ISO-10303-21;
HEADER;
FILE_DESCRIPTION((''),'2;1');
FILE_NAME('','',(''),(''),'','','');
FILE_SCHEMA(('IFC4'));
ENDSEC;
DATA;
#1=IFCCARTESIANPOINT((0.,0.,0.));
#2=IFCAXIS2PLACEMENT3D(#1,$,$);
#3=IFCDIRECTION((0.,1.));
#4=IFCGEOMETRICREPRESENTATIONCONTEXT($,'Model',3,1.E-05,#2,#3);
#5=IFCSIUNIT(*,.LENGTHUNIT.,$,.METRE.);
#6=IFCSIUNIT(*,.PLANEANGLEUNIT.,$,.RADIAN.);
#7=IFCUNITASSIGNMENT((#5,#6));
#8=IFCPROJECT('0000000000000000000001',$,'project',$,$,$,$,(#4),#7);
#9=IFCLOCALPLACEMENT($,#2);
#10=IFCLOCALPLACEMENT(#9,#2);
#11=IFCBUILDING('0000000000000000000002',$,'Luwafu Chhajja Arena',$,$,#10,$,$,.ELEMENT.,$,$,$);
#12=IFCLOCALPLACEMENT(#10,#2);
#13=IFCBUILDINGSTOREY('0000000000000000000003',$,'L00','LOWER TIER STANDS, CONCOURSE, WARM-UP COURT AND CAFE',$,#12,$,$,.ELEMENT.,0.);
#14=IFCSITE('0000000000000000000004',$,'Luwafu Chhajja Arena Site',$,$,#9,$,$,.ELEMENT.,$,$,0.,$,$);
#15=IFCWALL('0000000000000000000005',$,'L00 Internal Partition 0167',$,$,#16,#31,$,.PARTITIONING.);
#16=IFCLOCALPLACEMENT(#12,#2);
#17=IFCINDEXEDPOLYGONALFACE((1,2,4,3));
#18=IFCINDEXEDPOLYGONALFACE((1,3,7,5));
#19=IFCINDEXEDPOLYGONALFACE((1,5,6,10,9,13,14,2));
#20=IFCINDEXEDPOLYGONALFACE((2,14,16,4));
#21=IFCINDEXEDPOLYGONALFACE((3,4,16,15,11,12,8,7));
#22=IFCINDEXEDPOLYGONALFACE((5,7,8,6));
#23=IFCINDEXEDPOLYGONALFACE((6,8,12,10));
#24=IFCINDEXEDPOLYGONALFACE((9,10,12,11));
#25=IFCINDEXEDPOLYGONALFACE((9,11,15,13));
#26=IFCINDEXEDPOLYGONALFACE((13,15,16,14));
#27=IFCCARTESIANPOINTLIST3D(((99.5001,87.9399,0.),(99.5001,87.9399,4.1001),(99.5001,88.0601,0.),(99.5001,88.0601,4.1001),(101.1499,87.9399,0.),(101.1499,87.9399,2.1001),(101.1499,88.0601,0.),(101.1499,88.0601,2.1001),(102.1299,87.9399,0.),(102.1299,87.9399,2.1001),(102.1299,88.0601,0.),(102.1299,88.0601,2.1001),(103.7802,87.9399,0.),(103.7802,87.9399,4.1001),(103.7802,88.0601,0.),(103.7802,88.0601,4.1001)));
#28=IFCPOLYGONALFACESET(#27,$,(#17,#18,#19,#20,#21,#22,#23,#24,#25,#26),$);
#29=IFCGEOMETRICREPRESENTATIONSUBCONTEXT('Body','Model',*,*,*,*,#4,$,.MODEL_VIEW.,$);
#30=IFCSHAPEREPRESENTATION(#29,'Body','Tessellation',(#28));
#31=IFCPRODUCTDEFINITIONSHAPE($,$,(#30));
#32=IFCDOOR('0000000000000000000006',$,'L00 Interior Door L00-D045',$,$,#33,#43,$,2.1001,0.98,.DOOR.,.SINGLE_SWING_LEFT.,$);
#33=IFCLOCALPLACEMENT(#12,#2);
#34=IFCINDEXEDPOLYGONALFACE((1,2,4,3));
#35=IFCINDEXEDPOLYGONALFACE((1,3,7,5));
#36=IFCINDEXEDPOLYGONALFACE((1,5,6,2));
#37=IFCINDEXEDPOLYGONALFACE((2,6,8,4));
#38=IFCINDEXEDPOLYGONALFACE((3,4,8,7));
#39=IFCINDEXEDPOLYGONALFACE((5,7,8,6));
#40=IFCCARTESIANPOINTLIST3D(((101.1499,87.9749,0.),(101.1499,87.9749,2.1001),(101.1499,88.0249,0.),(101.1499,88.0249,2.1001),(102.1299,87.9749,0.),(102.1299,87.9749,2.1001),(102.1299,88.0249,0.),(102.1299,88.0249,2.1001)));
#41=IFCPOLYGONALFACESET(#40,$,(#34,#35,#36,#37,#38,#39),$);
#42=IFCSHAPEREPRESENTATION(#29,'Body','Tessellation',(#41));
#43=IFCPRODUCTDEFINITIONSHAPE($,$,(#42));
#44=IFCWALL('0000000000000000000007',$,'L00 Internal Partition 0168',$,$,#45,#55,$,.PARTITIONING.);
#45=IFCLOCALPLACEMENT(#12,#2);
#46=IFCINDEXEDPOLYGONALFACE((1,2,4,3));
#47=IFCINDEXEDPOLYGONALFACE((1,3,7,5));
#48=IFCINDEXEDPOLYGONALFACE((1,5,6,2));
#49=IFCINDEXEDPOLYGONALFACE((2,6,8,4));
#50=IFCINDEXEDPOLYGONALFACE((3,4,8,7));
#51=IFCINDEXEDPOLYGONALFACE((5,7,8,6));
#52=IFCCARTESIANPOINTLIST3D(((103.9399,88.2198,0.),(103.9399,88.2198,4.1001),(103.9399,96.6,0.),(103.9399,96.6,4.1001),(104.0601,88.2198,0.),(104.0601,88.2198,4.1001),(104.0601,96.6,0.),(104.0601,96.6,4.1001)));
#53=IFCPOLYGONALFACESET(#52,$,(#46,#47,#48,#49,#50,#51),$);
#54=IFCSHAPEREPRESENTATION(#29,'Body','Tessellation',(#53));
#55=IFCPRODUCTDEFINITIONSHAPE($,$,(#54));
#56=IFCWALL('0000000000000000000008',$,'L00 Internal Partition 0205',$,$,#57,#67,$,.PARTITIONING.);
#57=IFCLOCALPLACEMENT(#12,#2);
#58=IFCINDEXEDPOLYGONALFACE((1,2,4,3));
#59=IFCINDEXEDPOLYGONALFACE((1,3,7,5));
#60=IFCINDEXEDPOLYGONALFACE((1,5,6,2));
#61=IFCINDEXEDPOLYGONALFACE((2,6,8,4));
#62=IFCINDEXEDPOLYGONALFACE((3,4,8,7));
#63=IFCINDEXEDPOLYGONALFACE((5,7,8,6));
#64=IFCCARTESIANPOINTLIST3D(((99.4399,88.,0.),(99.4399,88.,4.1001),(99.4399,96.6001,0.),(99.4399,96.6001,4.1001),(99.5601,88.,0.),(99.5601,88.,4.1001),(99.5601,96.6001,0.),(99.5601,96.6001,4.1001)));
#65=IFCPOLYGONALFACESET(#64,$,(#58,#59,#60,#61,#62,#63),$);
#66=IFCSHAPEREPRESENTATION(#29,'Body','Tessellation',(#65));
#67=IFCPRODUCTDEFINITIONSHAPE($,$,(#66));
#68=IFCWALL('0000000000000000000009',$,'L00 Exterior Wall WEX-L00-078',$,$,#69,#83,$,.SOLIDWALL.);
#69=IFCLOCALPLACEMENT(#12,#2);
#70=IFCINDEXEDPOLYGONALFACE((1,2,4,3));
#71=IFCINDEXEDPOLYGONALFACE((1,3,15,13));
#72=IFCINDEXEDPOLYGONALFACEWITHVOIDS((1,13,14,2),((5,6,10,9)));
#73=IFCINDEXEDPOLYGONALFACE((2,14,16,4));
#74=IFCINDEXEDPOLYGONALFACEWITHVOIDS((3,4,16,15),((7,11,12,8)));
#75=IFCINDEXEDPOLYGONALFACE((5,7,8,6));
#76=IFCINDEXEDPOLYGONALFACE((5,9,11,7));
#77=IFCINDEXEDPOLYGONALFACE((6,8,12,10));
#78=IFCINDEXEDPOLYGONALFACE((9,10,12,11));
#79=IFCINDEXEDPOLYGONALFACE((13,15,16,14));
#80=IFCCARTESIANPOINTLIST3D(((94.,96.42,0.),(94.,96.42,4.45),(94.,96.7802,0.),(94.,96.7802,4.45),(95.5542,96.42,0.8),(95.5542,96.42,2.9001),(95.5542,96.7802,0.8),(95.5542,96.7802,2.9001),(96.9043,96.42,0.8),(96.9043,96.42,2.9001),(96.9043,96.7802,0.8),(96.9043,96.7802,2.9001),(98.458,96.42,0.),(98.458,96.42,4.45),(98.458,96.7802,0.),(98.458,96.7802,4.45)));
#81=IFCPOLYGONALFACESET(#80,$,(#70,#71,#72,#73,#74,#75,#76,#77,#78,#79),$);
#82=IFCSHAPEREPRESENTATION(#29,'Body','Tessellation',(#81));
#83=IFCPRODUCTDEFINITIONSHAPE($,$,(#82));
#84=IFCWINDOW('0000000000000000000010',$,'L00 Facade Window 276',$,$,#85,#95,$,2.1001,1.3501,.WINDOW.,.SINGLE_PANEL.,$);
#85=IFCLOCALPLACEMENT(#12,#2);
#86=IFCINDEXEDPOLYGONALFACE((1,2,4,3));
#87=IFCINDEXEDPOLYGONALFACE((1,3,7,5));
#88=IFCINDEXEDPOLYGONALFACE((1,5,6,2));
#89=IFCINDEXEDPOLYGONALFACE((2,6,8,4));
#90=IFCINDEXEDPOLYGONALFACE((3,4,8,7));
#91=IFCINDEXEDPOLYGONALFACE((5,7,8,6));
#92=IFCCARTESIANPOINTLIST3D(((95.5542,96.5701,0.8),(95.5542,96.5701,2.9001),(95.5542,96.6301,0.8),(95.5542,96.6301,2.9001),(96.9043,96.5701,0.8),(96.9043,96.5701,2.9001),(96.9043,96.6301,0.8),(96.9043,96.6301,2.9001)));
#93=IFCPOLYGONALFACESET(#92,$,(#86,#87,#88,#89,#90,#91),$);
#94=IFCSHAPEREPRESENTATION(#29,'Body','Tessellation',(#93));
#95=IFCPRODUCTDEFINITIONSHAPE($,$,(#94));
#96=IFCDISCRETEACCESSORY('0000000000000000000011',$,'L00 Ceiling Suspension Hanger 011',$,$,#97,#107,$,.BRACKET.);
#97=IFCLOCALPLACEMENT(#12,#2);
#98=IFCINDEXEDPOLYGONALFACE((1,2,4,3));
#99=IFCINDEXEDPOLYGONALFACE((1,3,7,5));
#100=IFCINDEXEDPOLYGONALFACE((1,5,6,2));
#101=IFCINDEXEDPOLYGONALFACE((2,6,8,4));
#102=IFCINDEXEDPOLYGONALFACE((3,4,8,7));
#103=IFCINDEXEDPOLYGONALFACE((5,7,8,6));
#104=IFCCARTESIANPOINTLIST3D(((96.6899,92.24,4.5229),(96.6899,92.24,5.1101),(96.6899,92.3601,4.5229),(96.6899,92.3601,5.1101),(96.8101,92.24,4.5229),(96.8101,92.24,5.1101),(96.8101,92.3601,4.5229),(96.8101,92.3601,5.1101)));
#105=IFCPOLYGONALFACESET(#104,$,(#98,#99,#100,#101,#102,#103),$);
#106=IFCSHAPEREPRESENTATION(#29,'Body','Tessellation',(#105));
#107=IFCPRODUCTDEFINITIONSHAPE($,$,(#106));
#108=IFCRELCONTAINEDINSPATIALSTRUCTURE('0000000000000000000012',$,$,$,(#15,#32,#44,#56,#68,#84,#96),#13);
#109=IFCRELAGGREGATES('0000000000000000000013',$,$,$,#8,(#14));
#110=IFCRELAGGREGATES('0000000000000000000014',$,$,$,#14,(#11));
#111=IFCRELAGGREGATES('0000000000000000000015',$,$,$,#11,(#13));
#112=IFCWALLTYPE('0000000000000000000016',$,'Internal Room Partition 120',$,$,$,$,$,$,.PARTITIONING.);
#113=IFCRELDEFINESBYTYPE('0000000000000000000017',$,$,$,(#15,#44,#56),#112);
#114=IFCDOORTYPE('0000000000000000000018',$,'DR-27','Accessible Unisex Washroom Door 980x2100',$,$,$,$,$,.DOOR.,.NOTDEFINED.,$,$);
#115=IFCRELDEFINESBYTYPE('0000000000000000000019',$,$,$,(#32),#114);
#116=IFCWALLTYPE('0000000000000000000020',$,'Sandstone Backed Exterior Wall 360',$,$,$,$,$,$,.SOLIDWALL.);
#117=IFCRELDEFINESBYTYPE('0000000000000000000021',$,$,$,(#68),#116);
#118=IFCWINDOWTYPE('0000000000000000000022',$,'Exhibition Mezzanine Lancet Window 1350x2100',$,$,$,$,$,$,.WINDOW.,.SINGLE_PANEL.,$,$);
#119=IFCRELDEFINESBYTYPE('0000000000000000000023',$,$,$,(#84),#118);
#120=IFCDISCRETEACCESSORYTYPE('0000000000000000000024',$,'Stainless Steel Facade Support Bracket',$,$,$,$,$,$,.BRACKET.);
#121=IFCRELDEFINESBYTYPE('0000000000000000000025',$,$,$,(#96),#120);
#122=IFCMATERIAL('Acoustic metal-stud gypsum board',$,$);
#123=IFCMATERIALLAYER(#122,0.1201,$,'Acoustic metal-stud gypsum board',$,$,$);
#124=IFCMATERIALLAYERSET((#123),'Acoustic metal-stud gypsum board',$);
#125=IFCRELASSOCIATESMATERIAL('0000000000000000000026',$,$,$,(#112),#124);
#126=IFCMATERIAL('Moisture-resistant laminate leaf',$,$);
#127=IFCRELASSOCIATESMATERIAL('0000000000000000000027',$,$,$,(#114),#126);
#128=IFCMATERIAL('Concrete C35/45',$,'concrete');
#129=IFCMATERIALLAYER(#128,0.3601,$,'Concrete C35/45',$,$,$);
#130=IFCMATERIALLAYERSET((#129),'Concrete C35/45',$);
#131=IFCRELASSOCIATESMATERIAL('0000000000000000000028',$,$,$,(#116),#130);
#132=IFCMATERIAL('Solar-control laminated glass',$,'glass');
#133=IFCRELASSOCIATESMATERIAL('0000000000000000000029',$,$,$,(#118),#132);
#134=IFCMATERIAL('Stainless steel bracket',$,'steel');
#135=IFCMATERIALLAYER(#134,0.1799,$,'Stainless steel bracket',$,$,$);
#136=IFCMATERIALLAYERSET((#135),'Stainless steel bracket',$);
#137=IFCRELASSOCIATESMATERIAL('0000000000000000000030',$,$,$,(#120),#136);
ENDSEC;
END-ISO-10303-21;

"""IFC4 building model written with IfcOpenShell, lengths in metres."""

from ifc_helpers import new_model, si_unit, direction, frame, frame_2d, origin, origin_2d, place, context, subcontext, project, spatial, rectangle, extrude, material, layer, layer_set, type_object, element, fill, save


model = new_model("IFC4")

# Units and contexts
model_context = context("Model", 3, precision=1e-05, world=origin(), true_north=direction((0.0, 1.0)))
body_context = subcontext(model_context, "Body", "Model", "MODEL_VIEW")
ifc_project = project(units=[si_unit("LENGTHUNIT", "METRE"), si_unit("PLANEANGLEUNIT", "RADIAN")], contexts=[model_context])

# Site, building, storey
site_placement = place(None, origin())
site = spatial("IfcSite", under=ifc_project, at=site_placement, Name="Luwafu Chhajja Arena Site", CompositionType="ELEMENT", RefElevation=0.0)
building_placement = place(site_placement, origin())
building = spatial("IfcBuilding", under=site, at=building_placement, Name="Luwafu Chhajja Arena", CompositionType="ELEMENT")
storey_placement = place(building_placement, origin())
storey = spatial("IfcBuildingStorey", under=building, at=storey_placement, Name="L00", Description="LOWER TIER STANDS, CONCOURSE, WARM-UP COURT AND CAFE", CompositionType="ELEMENT", Elevation=0.0)

# Shared definitions
ifc_material_1 = material(Name="Concrete C35/45", Category="concrete")

# Shared definitions
ifc_material_2 = material(Name="Acoustic metal-stud gypsum board")
ifc_layer_1 = layer(ifc_material_2, 0.1201, Name="Acoustic metal-stud gypsum board")
ifc_layer_set_1 = layer_set([ifc_layer_1], Name="Acoustic metal-stud gypsum board")
wall_type_1 = type_object("IfcWallType", Name="Internal Room Partition 120", PredefinedType="PARTITIONING", material=ifc_layer_set_1)

# Wall, opening, door
wall_1_placement = place(storey_placement, frame((99.5, 88.0, 0.0), z_axis=(0.0, 0.0, 1.0), x_axis=(1.0, 0.0, 0.0)))
wall_1 = element("IfcWall", 1, at=wall_1_placement, inside=storey, type_object=wall_type_1, Name="L00 Internal Partition 0167", PredefinedType="PARTITIONING", context=body_context, shape_type="SweptSolid", body=[
    extrude(rectangle(XDim=4.28, YDim=0.1201, at=frame_2d((2.1401, 0.0))), origin(), (0.0, 0.0, 1.0), 4.1001),
])
opening_1_placement = place(wall_1_placement, frame((1.6499, 0.0, 0.0)))
opening_1 = element("IfcOpeningElement", 2, at=opening_1_placement, cuts=wall_1, PredefinedType="OPENING", context=body_context, shape_type="SweptSolid", body=[
    extrude(rectangle(XDim=0.98, YDim=2.1001, at=frame_2d((0.49, 1.05))), frame((0.0, 0.0701, 0.0), z_axis=(0.0, -1.0, 0.0), x_axis=(1.0, 0.0, 0.0)), (0.0, 0.0, 1.0), 0.1401),
])
ifc_material_3 = material(Name="Moisture-resistant laminate leaf")
door_type_1 = type_object("IfcDoorType", Name="DR-27", Description="Accessible Unisex Washroom Door 980x2100", OperationType="NOTDEFINED", PredefinedType="DOOR", material=ifc_material_3)
door_1_placement = place(opening_1_placement, origin())
door_1 = element("IfcDoor", 3, at=door_1_placement, inside=storey, type_object=door_type_1, Name="L00 Interior Door L00-D045", OperationType="SINGLE_SWING_LEFT", OverallHeight=2.1001, OverallWidth=0.98, PredefinedType="DOOR", context=body_context, shape_type="SweptSolid", body=[
    extrude(rectangle(XDim=0.98, YDim=2.1001, at=frame_2d((0.49, 1.05))), frame((0.0, 0.0249, 0.0), z_axis=(0.0, -1.0, 0.0), x_axis=(1.0, 0.0, 0.0)), (0.0, 0.0, 1.0), 0.05),
])
fill(opening_1, door_1)

# Walls
wall_2_placement = place(storey_placement, frame((104.0, 88.22, 0.0), z_axis=(0.0, 0.0, 1.0), x_axis=(0.0, 1.0, 0.0)))
element("IfcWall", 4, at=wall_2_placement, inside=storey, type_object=wall_type_1, Name="L00 Internal Partition 0168", PredefinedType="PARTITIONING", context=body_context, shape_type="SweptSolid", body=[
    extrude(rectangle(XDim=8.3801, YDim=0.1201, at=frame_2d((4.1899, 0.0))), origin(), (0.0, 0.0, 1.0), 4.1001),
])
wall_3_placement = place(storey_placement, frame((99.5, 88.0, 0.0), z_axis=(0.0, 0.0, 1.0), x_axis=(0.0, 1.0, 0.0)))
element("IfcWall", 5, at=wall_3_placement, inside=storey, type_object=wall_type_1, Name="L00 Internal Partition 0205", PredefinedType="PARTITIONING", context=body_context, shape_type="SweptSolid", body=[
    extrude(rectangle(XDim=8.6001, YDim=0.1201, at=frame_2d((4.3, 0.0))), origin(), (0.0, 0.0, 1.0), 4.1001),
])

# Wall, opening, window
ifc_layer_2 = layer(ifc_material_1, 0.3601, Name="Concrete C35/45")
ifc_layer_set_2 = layer_set([ifc_layer_2], Name="Concrete C35/45")
wall_type_2 = type_object("IfcWallType", Name="Sandstone Backed Exterior Wall 360", PredefinedType="SOLIDWALL", material=ifc_layer_set_2)
wall_4_placement = place(storey_placement, frame((94.0, 96.6001, 0.0), z_axis=(0.0, 0.0, 1.0), x_axis=(1.0, 0.0, 0.0)))
wall_4 = element("IfcWall", 6, at=wall_4_placement, inside=storey, type_object=wall_type_2, Name="L00 Exterior Wall WEX-L00-078", PredefinedType="SOLIDWALL", context=body_context, shape_type="SweptSolid", body=[
    extrude(rectangle(XDim=4.458, YDim=0.3601, at=frame_2d((2.229, 0.0))), origin(), (0.0, 0.0, 1.0), 4.45),
])
opening_2_placement = place(wall_4_placement, frame((1.5542, 0.0, 0.8)))
opening_2 = element("IfcOpeningElement", 7, at=opening_2_placement, cuts=wall_4, PredefinedType="OPENING", context=body_context, shape_type="SweptSolid", body=[
    extrude(rectangle(XDim=1.3501, YDim=2.1001, at=frame_2d((0.675, 1.05))), frame((0.0, 0.1899, 0.0), z_axis=(0.0, -1.0, 0.0), x_axis=(1.0, 0.0, 0.0)), (0.0, 0.0, 1.0), 0.3801),
])
ifc_material_4 = material(Name="Solar-control laminated glass", Category="glass")
window_type = type_object("IfcWindowType", Name="Exhibition Mezzanine Lancet Window 1350x2100", PartitioningType="SINGLE_PANEL", PredefinedType="WINDOW", material=ifc_material_4)
window_placement = place(opening_2_placement, origin())
window = element("IfcWindow", 8, at=window_placement, inside=storey, type_object=window_type, Name="L00 Facade Window 276", OverallHeight=2.1001, OverallWidth=1.3501, PartitioningType="SINGLE_PANEL", PredefinedType="WINDOW", context=body_context, shape_type="SweptSolid", body=[
    extrude(rectangle(XDim=1.3501, YDim=2.1001, at=frame_2d((0.675, 1.05))), frame((0.0, 0.03, 0.0), z_axis=(0.0, -1.0, 0.0), x_axis=(1.0, 0.0, 0.0)), (0.0, 0.0, 1.0), 0.0601),
])
fill(opening_2, window)

# Discrete accessory
ifc_material_5 = material(Name="Stainless steel bracket", Category="steel")
ifc_layer_3 = layer(ifc_material_5, 0.1799, Name="Stainless steel bracket")
ifc_layer_set_3 = layer_set([ifc_layer_3], Name="Stainless steel bracket")
discrete_accessory_type = type_object("IfcDiscreteAccessoryType", Name="Stainless Steel Facade Support Bracket", PredefinedType="BRACKET", material=ifc_layer_set_3)
discrete_accessory_placement = place(storey_placement, frame((96.75, 92.3, 4.5229), z_axis=(0.0, 0.0, 1.0), x_axis=(1.0, 0.0, 0.0)))
element("IfcDiscreteAccessory", 9, at=discrete_accessory_placement, inside=storey, type_object=discrete_accessory_type, Name="L00 Ceiling Suspension Hanger 011", PredefinedType="BRACKET", context=body_context, shape_type="SweptSolid", body=[
    extrude(rectangle(XDim=0.1201, YDim=0.1201, at=origin_2d()), origin(), (0.0, 0.0, 1.0), 0.5872),
])

save(model, "model.ifc")
